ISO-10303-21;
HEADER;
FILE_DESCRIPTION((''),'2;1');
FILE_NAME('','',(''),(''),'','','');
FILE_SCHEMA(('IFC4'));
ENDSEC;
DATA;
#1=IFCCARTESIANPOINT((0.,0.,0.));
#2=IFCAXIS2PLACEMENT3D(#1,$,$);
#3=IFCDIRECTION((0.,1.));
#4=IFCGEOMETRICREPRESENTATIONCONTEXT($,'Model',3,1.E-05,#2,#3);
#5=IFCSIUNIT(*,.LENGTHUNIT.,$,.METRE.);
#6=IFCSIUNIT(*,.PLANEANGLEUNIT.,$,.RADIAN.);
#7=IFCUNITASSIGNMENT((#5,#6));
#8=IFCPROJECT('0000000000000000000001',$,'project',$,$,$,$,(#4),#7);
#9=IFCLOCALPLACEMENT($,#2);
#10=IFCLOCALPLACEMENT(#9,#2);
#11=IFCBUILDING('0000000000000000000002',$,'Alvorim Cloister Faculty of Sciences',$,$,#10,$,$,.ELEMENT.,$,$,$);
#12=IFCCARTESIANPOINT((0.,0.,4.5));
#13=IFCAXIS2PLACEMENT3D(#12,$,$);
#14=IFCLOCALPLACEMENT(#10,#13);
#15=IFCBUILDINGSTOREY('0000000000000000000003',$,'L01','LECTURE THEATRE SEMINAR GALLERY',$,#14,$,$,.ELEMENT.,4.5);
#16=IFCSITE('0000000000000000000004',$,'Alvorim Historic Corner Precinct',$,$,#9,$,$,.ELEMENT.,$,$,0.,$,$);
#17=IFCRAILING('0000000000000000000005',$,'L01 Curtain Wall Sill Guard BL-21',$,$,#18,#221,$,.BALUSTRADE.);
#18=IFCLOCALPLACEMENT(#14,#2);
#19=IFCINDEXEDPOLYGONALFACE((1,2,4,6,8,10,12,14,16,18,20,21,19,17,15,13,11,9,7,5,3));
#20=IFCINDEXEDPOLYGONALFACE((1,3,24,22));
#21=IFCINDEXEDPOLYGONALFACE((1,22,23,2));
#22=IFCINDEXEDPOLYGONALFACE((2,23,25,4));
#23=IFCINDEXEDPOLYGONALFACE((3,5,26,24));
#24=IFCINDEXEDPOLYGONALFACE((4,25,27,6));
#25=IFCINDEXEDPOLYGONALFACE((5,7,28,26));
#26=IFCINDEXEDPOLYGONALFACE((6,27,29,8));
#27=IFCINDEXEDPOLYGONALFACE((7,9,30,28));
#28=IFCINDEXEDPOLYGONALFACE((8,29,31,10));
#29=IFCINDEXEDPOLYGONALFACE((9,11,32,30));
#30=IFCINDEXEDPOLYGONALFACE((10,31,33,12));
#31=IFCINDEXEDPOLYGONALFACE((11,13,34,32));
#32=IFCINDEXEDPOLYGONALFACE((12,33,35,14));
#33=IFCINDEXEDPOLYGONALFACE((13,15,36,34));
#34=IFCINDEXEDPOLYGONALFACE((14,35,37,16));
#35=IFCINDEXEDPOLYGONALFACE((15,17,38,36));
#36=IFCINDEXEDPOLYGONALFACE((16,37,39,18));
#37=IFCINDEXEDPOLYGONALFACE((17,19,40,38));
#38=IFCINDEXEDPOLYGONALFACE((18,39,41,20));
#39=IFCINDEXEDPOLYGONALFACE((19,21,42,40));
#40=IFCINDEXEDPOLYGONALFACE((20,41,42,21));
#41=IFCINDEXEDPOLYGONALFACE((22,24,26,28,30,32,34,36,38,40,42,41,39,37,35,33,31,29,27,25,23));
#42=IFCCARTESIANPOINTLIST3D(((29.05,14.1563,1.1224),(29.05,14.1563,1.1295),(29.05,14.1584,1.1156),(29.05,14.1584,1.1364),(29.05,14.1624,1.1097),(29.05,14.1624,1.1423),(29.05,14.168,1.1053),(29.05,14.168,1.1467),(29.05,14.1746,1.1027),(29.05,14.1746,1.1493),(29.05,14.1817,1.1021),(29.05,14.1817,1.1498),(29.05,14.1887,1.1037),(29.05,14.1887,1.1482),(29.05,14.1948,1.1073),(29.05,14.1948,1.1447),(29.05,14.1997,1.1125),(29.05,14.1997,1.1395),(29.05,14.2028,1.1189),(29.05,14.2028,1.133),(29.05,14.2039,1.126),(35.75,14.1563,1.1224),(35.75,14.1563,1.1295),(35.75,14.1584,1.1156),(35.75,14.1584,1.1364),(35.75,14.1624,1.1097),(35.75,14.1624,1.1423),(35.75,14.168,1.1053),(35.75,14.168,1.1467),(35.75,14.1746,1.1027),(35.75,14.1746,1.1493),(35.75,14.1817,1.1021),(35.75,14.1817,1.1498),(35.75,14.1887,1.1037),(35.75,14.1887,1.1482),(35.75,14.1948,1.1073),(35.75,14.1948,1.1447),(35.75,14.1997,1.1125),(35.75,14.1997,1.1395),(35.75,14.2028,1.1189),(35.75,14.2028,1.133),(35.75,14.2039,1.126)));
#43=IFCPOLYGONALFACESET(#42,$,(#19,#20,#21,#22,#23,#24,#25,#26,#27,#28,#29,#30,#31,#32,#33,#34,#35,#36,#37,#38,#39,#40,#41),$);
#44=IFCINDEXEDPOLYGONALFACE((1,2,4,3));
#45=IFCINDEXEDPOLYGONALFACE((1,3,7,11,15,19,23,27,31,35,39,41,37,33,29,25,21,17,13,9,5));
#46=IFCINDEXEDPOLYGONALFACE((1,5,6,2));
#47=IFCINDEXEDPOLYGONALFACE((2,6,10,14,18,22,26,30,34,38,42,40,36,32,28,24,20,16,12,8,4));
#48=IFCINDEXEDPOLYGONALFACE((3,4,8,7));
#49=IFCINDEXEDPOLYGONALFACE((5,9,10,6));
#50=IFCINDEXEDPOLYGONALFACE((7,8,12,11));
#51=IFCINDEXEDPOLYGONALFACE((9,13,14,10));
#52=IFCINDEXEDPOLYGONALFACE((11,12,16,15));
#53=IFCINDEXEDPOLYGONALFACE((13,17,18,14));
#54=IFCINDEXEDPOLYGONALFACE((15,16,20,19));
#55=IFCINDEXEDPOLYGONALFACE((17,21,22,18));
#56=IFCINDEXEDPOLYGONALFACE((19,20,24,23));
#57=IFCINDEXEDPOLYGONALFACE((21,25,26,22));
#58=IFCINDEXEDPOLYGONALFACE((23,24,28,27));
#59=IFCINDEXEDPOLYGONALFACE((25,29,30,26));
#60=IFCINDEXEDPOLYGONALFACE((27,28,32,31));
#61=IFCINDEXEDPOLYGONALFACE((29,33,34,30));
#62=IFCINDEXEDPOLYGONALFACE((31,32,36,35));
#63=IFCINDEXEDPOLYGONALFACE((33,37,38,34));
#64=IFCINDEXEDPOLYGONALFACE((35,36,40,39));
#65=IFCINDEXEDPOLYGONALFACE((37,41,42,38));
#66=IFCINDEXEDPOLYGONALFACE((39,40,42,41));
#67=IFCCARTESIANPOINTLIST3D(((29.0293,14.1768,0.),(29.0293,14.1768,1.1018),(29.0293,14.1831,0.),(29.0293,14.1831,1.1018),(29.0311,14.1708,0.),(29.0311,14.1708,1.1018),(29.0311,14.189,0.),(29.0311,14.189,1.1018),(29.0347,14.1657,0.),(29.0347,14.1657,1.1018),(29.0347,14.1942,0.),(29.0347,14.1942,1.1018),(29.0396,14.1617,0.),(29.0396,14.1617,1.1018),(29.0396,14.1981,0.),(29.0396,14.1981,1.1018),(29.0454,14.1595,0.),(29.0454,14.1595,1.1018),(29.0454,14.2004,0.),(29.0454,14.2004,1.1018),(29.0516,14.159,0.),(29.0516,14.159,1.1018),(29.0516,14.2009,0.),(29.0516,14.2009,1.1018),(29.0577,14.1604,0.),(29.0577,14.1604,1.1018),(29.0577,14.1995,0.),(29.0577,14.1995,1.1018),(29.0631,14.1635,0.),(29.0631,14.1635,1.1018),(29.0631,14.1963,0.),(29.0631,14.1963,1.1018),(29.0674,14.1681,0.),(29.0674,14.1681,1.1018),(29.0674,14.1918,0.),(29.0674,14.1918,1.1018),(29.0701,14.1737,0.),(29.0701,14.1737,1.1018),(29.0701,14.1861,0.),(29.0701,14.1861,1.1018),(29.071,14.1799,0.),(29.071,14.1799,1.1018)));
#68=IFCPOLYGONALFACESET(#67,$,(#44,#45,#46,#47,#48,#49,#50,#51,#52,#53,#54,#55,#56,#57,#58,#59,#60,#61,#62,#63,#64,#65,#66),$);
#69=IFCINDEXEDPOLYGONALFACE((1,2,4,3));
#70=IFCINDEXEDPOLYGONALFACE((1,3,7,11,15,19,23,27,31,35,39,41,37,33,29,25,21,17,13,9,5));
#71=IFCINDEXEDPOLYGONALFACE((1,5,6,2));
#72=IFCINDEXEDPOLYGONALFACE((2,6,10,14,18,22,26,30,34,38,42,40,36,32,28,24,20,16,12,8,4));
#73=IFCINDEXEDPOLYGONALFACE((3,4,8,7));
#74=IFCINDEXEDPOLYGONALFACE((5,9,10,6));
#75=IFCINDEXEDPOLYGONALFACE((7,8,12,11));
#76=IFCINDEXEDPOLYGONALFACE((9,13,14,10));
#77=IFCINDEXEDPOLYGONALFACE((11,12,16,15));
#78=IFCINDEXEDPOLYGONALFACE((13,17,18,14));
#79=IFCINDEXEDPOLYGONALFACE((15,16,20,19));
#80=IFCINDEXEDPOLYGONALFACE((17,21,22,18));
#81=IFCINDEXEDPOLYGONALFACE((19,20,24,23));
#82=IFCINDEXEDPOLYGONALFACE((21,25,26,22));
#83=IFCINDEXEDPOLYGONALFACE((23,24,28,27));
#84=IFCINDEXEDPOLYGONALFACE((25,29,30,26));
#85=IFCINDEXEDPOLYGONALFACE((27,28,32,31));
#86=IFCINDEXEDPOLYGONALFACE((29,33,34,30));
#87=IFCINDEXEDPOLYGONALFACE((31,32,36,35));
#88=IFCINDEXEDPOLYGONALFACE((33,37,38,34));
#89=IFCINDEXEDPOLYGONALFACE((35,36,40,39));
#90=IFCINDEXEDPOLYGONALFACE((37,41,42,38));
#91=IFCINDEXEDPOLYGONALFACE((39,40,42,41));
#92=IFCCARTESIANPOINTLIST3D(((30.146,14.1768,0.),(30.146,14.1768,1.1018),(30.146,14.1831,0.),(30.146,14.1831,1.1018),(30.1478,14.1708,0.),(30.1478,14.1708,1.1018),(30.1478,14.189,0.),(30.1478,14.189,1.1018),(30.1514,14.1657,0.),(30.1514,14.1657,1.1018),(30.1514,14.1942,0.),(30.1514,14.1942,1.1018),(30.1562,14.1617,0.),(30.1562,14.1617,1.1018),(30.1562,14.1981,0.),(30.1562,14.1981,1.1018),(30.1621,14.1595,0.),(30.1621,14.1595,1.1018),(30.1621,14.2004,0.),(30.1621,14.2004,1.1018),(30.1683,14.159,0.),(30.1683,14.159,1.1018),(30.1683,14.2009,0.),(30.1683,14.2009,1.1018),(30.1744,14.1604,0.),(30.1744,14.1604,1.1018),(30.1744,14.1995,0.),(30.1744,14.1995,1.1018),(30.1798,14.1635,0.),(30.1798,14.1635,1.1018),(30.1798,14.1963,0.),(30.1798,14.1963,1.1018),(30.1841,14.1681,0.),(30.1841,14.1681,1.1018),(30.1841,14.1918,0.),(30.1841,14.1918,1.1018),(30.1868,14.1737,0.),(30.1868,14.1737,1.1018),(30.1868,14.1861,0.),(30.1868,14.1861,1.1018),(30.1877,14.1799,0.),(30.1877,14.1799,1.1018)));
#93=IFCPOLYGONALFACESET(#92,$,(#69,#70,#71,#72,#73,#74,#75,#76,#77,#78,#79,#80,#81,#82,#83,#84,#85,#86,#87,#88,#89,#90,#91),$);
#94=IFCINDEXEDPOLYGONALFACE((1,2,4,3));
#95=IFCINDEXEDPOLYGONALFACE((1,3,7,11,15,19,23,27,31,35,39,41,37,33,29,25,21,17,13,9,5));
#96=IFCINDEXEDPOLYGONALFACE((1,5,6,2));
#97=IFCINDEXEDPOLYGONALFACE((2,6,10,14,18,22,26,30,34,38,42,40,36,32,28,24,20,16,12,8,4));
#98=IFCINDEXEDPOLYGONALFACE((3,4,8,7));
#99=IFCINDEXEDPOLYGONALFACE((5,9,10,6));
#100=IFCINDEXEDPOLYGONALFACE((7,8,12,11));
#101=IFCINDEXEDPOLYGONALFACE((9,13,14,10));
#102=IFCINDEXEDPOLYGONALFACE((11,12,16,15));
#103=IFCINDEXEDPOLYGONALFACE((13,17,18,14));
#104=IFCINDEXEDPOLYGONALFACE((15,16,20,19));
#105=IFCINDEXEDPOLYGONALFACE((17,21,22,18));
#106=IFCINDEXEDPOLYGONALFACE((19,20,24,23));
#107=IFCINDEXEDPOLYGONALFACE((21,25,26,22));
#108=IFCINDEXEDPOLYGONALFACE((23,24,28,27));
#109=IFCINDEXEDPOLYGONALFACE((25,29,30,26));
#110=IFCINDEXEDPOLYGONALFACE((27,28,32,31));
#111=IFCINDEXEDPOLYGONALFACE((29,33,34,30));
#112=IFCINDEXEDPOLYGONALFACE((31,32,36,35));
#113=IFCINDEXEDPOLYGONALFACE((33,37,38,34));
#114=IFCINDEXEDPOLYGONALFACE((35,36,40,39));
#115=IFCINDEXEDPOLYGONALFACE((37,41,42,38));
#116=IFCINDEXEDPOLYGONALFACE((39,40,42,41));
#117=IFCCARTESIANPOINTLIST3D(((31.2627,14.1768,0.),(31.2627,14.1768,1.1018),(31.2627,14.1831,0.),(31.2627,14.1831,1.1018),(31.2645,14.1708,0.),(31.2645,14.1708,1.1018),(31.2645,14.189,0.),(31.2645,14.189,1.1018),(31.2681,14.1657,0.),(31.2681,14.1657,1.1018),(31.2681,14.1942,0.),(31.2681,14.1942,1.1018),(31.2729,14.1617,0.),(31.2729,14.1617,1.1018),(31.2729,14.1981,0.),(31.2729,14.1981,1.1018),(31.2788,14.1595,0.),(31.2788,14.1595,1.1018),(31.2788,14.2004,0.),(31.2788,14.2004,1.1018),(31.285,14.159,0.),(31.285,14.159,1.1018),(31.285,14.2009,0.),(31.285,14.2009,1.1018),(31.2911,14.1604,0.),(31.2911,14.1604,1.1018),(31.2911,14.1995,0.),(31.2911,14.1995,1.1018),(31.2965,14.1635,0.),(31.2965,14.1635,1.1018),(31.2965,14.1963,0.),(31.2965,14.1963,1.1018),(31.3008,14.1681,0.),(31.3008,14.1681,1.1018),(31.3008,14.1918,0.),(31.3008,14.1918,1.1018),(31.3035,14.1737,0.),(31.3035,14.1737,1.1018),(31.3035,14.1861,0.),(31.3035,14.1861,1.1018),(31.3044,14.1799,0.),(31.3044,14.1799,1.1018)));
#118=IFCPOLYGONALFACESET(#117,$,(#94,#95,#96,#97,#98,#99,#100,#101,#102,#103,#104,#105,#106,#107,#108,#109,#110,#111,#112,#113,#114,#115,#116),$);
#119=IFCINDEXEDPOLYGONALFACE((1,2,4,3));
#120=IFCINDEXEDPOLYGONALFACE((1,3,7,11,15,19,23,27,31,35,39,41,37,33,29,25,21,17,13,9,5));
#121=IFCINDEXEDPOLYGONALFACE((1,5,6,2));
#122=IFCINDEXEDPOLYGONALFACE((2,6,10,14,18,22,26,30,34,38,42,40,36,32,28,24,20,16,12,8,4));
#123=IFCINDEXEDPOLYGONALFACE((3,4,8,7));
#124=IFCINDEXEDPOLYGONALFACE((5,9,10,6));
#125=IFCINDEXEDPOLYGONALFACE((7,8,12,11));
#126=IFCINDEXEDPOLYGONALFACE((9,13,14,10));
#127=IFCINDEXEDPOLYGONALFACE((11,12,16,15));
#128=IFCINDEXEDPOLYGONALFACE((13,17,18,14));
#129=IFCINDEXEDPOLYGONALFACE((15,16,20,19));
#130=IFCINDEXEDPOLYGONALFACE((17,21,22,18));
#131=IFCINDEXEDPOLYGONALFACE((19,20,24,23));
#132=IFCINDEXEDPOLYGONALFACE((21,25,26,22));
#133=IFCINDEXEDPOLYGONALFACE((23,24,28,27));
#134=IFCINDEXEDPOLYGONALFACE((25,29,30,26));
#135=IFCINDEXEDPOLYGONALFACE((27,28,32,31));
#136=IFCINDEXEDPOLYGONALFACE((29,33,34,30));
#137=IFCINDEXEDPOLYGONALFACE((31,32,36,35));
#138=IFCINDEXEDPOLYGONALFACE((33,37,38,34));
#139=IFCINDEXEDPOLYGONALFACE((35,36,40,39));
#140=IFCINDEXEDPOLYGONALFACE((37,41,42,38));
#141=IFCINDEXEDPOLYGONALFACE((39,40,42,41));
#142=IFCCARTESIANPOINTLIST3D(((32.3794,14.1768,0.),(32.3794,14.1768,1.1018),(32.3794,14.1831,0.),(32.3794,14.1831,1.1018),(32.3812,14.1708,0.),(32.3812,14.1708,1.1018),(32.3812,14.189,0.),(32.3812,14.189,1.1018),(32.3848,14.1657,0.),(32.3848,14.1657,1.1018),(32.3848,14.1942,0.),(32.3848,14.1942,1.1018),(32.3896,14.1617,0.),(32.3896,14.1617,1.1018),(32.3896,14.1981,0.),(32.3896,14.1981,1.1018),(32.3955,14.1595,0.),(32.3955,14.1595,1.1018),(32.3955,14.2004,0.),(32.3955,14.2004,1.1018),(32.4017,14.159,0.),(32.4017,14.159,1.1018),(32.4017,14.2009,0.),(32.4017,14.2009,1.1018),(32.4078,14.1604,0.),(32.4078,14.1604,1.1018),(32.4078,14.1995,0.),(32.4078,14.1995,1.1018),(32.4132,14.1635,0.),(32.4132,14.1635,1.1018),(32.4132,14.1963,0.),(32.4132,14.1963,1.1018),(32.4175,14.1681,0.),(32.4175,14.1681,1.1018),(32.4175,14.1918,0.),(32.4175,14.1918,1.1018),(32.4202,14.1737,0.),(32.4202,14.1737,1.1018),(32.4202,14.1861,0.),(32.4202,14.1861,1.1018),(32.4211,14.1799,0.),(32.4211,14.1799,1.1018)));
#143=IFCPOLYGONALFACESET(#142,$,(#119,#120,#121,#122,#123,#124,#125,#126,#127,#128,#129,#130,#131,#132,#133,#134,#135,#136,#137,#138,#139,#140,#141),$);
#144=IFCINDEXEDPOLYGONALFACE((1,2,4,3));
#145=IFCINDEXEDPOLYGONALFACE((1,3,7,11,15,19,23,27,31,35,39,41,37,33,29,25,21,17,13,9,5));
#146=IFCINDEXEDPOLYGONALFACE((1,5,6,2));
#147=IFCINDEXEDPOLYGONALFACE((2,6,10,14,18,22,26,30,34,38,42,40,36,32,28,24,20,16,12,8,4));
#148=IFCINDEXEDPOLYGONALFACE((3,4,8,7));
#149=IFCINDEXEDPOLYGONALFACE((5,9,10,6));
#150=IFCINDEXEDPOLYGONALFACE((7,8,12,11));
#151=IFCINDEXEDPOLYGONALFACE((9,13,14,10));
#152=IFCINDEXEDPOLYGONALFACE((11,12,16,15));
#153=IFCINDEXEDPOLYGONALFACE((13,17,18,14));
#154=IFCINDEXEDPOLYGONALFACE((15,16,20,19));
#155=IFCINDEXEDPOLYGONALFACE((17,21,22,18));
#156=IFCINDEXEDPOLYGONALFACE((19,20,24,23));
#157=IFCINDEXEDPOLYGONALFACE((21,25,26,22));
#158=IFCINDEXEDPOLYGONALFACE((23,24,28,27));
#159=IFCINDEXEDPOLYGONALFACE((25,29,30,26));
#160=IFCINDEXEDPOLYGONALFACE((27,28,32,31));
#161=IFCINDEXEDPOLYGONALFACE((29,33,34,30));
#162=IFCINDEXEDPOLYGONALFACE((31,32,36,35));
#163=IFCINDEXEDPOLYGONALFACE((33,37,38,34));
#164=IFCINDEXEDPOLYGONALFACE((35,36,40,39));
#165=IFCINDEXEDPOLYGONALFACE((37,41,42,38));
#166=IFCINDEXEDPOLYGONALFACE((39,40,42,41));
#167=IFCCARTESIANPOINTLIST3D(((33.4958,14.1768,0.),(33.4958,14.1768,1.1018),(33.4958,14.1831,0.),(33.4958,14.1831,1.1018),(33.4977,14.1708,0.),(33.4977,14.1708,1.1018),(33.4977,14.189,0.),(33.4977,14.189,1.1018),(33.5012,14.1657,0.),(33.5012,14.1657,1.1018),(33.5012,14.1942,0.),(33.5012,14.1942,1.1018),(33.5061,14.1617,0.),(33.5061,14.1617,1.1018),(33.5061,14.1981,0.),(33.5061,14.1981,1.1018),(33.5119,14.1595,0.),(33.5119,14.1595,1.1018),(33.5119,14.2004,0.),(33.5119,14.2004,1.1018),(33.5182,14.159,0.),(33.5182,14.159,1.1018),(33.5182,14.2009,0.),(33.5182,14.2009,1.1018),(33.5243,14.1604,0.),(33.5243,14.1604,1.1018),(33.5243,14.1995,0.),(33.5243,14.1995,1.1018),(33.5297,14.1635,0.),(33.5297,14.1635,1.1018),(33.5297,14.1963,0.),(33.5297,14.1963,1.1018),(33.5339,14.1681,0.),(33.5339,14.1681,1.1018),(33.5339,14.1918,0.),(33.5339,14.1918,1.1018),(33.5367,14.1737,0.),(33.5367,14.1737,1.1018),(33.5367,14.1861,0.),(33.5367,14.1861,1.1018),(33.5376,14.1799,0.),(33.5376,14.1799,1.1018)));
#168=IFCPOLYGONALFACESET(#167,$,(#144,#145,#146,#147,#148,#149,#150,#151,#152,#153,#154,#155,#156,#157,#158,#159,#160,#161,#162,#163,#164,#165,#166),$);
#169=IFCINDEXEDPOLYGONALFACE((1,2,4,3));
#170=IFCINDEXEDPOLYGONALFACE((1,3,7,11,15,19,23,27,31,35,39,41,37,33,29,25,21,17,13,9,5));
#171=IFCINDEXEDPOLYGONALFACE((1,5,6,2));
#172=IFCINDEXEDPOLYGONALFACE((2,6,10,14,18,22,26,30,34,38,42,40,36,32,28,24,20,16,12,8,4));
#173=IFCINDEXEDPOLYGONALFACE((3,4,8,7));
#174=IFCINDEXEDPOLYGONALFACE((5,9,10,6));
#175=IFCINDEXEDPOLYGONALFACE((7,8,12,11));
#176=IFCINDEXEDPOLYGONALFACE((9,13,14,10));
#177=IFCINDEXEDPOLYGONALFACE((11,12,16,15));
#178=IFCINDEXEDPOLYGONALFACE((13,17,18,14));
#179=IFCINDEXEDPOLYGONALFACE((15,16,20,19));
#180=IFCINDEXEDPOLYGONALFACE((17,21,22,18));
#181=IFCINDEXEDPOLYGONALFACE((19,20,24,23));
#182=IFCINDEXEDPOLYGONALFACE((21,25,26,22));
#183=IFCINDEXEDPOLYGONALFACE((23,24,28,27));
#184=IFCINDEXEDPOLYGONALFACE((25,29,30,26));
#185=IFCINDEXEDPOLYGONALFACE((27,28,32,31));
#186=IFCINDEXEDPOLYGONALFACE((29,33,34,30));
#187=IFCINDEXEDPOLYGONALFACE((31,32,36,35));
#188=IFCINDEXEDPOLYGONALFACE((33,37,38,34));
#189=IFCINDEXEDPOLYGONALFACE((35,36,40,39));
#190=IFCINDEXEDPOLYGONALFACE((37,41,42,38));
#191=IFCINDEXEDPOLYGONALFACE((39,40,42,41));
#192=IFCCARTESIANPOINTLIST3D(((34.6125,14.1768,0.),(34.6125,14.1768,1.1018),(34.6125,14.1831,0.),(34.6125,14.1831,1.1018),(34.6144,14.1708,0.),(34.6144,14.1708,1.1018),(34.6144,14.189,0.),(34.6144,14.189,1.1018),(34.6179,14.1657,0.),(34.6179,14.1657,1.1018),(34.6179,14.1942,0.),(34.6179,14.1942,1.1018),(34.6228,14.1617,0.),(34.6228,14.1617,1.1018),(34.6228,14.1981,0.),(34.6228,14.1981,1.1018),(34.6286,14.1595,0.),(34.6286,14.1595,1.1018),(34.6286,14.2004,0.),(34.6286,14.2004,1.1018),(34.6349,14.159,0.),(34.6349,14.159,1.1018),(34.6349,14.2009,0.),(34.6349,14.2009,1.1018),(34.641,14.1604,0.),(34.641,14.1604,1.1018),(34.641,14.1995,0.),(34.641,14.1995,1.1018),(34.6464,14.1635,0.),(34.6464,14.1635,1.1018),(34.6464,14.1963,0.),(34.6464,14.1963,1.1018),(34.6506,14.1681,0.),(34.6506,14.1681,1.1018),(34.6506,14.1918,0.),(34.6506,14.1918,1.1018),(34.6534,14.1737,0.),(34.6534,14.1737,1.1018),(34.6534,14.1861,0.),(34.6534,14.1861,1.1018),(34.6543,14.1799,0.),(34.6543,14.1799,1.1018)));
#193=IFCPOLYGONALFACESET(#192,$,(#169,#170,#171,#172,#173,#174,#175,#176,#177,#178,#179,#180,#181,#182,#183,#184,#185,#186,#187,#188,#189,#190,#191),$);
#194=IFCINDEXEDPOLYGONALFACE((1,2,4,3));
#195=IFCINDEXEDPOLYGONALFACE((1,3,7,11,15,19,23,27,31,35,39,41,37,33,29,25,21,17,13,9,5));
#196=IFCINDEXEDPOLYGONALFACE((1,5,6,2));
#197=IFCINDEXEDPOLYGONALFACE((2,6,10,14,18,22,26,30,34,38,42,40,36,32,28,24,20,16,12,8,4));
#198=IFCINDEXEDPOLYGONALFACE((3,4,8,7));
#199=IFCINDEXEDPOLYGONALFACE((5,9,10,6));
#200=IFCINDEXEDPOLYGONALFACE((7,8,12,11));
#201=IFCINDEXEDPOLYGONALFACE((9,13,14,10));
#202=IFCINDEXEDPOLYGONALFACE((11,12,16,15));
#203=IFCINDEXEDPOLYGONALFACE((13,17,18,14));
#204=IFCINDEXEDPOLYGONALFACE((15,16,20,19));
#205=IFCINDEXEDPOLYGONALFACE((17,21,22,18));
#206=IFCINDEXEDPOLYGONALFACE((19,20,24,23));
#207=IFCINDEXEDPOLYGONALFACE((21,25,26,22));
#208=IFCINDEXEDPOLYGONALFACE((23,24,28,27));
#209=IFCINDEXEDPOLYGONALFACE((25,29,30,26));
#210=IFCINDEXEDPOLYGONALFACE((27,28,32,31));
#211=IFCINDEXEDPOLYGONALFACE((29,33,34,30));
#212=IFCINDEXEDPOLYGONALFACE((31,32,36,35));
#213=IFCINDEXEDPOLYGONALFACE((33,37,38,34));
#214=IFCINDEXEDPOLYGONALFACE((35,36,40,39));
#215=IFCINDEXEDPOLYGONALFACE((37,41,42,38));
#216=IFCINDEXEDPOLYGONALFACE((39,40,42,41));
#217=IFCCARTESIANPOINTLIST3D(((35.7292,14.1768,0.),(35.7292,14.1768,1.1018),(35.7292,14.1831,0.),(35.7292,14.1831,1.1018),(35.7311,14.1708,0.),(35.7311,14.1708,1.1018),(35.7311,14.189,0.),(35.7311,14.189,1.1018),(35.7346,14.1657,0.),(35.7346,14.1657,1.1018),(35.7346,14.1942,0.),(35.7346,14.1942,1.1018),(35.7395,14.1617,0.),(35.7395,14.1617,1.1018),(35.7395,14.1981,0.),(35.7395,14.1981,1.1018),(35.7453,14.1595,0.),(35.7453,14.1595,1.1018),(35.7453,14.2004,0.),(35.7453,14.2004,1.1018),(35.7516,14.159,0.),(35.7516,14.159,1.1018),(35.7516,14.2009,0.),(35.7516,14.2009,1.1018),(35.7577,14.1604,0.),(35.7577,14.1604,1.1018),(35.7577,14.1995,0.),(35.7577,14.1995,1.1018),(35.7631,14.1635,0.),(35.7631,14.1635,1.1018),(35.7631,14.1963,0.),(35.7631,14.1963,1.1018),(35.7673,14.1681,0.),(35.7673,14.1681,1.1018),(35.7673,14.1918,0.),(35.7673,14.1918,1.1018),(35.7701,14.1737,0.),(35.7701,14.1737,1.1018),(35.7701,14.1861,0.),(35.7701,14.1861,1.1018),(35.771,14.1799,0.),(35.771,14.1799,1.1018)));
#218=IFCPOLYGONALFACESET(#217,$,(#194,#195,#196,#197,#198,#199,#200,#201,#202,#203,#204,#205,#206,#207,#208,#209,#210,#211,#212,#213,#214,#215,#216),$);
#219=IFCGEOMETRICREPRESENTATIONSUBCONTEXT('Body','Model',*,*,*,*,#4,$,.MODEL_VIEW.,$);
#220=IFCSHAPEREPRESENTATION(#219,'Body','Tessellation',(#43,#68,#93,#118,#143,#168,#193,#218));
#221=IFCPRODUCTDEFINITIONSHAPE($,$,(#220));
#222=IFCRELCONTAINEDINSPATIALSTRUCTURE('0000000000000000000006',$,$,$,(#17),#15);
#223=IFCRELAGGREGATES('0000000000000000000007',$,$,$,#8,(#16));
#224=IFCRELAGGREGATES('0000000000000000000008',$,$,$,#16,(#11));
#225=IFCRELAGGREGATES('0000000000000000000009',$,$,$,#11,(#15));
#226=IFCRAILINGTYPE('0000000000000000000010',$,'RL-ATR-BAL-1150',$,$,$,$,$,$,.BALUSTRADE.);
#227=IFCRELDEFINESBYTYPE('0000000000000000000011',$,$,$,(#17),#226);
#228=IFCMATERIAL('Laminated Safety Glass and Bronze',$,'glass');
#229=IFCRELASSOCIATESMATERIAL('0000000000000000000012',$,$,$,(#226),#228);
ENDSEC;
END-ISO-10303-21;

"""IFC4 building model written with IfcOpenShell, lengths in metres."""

from ifc_helpers import new_model, si_unit, direction, frame, origin, origin_2d, place, context, subcontext, project, spatial, circle, extrude, material, type_object, element, save


model = new_model("IFC4")

# Units and contexts
model_context = context("Model", 3, precision=1e-05, world=origin(), true_north=direction((0.0, 1.0)))
body_context = subcontext(model_context, "Body", "Model", "MODEL_VIEW")
ifc_project = project(units=[si_unit("LENGTHUNIT", "METRE"), si_unit("PLANEANGLEUNIT", "RADIAN")], contexts=[model_context])

# Site, building, storey
site_placement = place(None, origin())
site = spatial("IfcSite", under=ifc_project, at=site_placement, Name="Alvorim Historic Corner Precinct", CompositionType="ELEMENT", RefElevation=0.0)
building_placement = place(site_placement, origin())
building = spatial("IfcBuilding", under=site, at=building_placement, Name="Alvorim Cloister Faculty of Sciences", CompositionType="ELEMENT")
storey_placement = place(building_placement, frame((0.0, 0.0, 4.5)))
storey = spatial("IfcBuildingStorey", under=building, at=storey_placement, Name="L01", Description="LECTURE THEATRE SEMINAR GALLERY", CompositionType="ELEMENT", Elevation=4.5)

# Railing
ifc_material_1 = material(Name="Laminated Safety Glass and Bronze", Category="glass")
railing_type = type_object("IfcRailingType", Name="RL-ATR-BAL-1150", PredefinedType="BALUSTRADE", material=ifc_material_1)
railing_placement = place(storey_placement, frame((29.05, 14.1799, 0.0)))
element("IfcRailing", 1, at=railing_placement, inside=storey, type_object=railing_type, Name="L01 Curtain Wall Sill Guard BL-21", PredefinedType="BALUSTRADE", context=body_context, shape_type="SweptSolid", body=[
    extrude(circle(Radius=0.0239, at=origin_2d()), frame((0.0, 0.0, 1.126), z_axis=(1.0, 0.0, 0.0), x_axis=(0.0, 1.0, 0.0)), (0.0, 0.0, 1.0), 6.7),
    extrude(circle(Radius=0.021, at=origin_2d()), origin(), (0.0, 0.0, 1.0), 1.1018),
    extrude(circle(Radius=0.021, at=origin_2d()), frame((1.1167, 0.0, 0.0)), (0.0, 0.0, 1.0), 1.1018),
    extrude(circle(Radius=0.021, at=origin_2d()), frame((2.2334, 0.0, 0.0)), (0.0, 0.0, 1.0), 1.1018),
    extrude(circle(Radius=0.021, at=origin_2d()), frame((3.3501, 0.0, 0.0)), (0.0, 0.0, 1.0), 1.1018),
    extrude(circle(Radius=0.021, at=origin_2d()), frame((4.4666, 0.0, 0.0)), (0.0, 0.0, 1.0), 1.1018),
    extrude(circle(Radius=0.021, at=origin_2d()), frame((5.5833, 0.0, 0.0)), (0.0, 0.0, 1.0), 1.1018),
    extrude(circle(Radius=0.021, at=origin_2d()), frame((6.7, 0.0, 0.0)), (0.0, 0.0, 1.0), 1.1018),
])

save(model, "model.ifc")
